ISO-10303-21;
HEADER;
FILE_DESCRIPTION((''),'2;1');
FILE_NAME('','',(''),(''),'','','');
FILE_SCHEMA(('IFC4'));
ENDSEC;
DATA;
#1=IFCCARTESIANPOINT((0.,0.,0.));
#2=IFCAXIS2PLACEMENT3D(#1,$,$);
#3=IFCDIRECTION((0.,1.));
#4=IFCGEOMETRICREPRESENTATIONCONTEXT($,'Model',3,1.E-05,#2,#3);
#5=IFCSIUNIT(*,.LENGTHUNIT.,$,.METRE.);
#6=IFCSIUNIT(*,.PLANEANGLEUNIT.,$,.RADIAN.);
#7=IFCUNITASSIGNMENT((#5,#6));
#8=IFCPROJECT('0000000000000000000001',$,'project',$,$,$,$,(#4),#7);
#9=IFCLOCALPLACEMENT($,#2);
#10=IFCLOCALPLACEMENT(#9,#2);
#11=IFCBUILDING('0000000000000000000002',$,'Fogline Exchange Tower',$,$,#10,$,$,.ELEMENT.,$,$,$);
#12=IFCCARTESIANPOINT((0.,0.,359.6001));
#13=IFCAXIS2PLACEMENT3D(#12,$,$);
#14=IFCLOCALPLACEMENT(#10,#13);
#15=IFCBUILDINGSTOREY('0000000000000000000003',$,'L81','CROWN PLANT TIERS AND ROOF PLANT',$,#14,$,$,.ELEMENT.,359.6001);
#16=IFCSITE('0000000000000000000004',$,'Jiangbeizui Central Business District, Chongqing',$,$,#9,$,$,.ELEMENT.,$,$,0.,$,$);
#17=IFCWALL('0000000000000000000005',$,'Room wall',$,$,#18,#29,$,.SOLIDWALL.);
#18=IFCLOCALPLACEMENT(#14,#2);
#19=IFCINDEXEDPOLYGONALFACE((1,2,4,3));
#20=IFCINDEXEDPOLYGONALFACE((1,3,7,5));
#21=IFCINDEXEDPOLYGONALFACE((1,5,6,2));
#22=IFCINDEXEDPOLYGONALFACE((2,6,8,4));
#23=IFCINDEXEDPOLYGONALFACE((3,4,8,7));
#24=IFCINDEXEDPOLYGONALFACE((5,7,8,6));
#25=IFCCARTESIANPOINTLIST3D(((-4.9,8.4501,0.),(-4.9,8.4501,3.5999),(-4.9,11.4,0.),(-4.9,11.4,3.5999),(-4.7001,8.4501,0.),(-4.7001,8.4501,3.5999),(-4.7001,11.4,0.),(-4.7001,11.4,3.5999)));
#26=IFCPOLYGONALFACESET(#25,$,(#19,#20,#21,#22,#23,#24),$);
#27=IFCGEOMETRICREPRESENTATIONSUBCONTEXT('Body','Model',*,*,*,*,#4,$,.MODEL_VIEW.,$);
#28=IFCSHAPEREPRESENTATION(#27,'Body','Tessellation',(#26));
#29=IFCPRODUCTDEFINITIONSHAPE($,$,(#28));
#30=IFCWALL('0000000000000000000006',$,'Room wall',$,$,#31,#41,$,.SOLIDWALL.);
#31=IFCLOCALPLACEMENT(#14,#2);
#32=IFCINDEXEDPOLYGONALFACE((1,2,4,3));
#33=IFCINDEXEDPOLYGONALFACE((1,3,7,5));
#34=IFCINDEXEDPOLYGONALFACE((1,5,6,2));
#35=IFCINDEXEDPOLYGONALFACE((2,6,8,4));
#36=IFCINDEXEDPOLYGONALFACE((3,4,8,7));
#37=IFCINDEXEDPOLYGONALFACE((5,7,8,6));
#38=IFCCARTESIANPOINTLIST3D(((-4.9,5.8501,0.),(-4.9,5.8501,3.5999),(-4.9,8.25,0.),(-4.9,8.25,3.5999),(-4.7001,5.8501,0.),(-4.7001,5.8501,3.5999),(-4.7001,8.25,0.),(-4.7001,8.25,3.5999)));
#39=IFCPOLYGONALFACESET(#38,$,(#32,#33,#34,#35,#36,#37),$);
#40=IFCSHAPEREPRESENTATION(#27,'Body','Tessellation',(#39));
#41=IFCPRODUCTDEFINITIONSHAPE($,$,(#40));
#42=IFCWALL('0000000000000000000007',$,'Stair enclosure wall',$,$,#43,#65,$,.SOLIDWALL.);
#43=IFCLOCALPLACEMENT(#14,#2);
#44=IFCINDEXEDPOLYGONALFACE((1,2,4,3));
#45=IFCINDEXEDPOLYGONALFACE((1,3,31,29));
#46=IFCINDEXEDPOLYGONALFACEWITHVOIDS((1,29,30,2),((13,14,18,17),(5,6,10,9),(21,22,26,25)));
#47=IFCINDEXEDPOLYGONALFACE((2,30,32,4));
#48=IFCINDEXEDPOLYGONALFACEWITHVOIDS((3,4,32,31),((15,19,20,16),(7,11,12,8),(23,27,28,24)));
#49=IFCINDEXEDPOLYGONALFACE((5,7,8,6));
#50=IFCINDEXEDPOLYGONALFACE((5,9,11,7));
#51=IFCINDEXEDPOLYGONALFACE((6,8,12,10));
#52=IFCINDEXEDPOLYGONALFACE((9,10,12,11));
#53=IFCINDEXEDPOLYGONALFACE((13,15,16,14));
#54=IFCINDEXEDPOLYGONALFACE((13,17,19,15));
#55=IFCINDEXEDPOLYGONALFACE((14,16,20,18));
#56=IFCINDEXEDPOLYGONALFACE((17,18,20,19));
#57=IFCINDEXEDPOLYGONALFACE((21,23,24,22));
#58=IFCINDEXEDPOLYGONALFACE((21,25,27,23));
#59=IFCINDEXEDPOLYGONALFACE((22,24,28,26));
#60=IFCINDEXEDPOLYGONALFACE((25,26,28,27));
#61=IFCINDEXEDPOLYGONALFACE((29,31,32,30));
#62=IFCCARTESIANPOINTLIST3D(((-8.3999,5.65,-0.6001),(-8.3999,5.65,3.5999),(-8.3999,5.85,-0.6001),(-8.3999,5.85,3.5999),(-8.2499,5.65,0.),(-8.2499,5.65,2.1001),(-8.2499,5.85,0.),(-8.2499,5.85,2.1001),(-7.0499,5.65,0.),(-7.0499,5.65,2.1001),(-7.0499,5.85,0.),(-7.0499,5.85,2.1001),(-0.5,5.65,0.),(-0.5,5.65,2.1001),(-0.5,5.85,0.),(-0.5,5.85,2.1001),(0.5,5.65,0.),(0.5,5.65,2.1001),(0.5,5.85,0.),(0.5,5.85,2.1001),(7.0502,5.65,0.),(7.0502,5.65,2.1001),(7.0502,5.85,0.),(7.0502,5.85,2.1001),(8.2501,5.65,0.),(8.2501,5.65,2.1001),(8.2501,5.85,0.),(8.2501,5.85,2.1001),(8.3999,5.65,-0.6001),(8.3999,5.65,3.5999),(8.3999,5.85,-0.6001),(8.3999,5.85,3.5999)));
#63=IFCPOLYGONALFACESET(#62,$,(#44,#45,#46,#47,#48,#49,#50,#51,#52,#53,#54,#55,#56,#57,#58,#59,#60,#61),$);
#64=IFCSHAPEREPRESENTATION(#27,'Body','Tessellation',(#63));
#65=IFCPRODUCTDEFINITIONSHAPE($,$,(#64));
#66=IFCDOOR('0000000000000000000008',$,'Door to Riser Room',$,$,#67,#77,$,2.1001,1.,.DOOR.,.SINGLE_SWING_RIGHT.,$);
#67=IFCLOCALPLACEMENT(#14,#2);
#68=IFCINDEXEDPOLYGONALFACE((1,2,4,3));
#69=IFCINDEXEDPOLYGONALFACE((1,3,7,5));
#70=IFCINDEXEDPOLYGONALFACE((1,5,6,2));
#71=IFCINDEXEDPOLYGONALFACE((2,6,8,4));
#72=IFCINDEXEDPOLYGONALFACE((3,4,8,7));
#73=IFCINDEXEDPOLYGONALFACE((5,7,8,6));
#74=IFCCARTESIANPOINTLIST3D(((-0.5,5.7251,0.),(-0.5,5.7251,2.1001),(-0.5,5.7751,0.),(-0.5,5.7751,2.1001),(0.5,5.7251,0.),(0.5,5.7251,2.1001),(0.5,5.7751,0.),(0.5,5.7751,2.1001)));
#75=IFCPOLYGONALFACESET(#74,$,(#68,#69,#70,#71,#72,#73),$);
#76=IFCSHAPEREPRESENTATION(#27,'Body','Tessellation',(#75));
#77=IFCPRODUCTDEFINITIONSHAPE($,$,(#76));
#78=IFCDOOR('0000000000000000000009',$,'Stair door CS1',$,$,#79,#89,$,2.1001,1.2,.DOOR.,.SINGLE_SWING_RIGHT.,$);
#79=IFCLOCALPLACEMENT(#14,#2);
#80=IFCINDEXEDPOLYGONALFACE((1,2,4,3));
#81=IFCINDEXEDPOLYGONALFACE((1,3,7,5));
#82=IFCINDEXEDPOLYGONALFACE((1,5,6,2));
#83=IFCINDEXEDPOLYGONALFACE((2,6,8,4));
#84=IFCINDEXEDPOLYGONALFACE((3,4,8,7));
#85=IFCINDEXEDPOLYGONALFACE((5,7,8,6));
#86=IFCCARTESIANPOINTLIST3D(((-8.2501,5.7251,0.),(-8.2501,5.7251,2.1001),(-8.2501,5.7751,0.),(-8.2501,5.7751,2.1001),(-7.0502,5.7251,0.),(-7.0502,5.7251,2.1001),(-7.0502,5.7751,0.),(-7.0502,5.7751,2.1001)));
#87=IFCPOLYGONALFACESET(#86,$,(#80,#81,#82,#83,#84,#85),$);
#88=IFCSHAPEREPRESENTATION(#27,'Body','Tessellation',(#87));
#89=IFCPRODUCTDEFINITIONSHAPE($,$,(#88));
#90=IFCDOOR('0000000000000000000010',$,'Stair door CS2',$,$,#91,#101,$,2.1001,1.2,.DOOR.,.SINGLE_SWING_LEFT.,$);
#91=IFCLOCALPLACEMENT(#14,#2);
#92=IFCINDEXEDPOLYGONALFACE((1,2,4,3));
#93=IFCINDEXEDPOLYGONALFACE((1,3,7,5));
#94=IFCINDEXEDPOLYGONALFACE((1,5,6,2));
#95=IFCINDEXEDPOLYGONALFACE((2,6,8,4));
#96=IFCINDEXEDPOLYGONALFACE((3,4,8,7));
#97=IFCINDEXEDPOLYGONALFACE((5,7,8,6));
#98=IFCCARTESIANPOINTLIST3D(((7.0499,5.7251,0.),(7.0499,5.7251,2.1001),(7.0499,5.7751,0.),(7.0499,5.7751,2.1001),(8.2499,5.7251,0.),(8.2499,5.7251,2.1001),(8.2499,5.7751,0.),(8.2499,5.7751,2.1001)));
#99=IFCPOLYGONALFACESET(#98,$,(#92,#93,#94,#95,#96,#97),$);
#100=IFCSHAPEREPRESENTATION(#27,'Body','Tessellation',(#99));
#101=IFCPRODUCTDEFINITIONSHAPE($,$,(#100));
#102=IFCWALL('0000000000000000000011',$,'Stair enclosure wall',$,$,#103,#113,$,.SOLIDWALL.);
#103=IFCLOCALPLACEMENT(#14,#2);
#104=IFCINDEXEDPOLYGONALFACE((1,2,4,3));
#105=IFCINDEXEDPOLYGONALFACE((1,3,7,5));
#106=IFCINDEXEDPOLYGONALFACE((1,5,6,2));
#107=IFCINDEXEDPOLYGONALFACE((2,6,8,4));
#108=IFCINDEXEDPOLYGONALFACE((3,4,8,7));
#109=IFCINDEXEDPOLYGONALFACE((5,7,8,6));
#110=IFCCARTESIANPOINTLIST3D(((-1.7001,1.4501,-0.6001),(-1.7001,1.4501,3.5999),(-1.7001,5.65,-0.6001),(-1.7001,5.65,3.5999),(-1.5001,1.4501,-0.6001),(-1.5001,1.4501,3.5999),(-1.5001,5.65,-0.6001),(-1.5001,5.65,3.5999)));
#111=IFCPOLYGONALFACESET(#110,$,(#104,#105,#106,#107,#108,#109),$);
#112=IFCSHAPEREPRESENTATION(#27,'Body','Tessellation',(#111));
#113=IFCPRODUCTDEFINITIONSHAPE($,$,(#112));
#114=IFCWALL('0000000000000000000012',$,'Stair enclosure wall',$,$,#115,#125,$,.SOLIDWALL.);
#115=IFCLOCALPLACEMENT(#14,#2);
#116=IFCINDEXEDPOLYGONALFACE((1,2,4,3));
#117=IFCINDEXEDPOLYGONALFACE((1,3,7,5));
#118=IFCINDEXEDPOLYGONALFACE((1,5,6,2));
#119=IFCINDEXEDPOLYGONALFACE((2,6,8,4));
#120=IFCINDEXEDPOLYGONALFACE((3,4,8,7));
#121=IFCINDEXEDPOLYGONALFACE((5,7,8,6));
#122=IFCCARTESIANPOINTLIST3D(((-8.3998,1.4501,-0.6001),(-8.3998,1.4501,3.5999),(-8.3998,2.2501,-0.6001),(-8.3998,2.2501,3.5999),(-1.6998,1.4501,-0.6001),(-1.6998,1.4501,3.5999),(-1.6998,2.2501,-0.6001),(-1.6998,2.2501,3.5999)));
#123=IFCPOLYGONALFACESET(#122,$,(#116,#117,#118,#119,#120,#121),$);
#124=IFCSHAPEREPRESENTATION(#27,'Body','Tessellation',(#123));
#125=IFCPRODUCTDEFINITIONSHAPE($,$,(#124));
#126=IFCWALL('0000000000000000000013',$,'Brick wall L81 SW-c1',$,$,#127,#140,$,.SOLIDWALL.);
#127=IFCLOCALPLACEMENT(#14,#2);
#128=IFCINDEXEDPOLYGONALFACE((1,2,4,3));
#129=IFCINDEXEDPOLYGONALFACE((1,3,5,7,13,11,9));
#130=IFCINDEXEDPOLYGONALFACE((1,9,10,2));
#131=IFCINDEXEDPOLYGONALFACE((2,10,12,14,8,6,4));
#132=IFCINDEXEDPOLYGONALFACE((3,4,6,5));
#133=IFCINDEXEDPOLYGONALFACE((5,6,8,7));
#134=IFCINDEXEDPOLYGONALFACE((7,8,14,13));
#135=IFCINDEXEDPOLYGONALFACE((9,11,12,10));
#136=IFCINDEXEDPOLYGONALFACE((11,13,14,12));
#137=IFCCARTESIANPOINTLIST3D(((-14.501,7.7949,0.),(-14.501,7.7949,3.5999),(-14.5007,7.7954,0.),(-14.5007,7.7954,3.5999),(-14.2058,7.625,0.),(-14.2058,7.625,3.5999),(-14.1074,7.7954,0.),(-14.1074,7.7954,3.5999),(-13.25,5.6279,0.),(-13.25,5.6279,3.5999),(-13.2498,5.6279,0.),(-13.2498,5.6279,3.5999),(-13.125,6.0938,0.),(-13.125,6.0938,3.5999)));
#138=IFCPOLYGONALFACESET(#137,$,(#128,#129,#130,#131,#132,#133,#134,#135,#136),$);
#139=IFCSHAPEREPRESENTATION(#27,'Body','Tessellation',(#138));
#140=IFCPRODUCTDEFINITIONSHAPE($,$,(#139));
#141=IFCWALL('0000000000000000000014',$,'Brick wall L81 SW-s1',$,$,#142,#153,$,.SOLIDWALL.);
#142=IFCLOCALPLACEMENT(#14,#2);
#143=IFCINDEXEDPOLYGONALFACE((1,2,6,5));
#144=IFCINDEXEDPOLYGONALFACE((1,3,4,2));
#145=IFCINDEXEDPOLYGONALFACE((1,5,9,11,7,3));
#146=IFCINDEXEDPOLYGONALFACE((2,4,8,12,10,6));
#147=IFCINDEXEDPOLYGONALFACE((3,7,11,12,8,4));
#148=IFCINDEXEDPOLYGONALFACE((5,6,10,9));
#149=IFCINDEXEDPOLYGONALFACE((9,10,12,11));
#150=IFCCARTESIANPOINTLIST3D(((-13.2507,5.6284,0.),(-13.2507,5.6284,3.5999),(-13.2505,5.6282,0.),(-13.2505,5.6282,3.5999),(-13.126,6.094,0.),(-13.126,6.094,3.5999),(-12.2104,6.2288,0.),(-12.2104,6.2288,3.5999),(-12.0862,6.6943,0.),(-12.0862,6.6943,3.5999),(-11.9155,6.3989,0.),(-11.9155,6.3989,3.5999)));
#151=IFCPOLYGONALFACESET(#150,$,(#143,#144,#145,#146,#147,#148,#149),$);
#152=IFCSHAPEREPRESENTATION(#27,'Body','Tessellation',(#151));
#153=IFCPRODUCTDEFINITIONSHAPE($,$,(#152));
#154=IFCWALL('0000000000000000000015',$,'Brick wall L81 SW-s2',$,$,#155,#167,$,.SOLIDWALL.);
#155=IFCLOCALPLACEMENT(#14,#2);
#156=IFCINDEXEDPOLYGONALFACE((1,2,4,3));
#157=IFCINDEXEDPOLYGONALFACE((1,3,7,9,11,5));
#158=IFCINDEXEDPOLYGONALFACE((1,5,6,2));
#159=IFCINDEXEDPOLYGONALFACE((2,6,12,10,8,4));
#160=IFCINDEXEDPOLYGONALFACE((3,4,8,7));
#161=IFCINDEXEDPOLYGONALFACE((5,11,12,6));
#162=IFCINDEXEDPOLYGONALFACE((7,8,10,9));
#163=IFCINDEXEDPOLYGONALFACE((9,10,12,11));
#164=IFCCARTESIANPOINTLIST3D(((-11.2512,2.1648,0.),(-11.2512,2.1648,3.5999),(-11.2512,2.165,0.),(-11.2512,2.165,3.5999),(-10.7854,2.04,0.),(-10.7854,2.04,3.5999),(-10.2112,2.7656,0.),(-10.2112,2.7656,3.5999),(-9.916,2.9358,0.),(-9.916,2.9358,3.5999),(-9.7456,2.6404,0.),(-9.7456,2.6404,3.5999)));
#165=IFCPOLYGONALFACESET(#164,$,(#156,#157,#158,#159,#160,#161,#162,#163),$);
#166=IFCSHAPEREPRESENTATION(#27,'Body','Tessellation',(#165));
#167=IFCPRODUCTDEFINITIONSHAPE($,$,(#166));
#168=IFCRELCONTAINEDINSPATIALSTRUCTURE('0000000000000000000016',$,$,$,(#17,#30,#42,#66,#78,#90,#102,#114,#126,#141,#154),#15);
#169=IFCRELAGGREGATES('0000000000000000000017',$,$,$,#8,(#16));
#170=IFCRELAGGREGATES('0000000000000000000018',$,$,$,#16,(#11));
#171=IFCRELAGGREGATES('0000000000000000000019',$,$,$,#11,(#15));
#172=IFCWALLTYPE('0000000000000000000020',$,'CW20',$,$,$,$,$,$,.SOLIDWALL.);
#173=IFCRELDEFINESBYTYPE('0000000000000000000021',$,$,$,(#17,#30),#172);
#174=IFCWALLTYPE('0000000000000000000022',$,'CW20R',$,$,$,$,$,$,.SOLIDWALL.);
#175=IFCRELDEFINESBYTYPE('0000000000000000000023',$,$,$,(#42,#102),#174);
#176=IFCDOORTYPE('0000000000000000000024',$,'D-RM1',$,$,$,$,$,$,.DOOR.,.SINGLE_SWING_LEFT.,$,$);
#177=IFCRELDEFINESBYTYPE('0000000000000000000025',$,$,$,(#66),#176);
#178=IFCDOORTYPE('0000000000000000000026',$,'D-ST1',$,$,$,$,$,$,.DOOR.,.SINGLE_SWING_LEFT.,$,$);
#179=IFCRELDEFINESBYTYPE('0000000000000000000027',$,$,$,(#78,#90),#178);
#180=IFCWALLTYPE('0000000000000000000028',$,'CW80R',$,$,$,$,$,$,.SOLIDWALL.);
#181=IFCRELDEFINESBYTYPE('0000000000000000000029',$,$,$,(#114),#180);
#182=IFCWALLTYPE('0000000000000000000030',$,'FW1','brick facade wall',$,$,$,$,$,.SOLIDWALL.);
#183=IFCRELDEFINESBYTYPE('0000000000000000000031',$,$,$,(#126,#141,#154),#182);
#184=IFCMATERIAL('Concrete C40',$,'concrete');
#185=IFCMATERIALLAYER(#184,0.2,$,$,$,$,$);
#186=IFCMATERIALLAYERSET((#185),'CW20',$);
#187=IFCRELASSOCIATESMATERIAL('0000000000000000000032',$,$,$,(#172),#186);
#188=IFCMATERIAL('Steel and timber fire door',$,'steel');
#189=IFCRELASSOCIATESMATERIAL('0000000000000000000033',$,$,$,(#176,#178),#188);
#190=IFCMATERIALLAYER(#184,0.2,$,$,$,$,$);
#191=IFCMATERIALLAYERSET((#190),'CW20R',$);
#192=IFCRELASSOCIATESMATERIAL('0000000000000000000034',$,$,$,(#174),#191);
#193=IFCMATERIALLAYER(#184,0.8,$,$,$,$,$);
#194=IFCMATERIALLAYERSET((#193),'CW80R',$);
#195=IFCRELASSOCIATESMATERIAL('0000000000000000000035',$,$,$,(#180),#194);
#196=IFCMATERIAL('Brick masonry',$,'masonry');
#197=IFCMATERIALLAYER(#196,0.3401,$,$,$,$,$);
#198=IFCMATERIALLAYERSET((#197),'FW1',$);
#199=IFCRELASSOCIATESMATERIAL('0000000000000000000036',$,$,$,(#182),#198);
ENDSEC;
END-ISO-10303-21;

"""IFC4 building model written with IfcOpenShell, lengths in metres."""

from ifc_helpers import new_model, si_unit, direction, frame, frame_2d, origin, place, context, subcontext, project, spatial, polyline, rectangle, outline, extrude, material, layer, layer_set, type_object, element, fill, save


model = new_model("IFC4")

# Units and contexts
model_context = context("Model", 3, precision=1e-05, world=origin(), true_north=direction((0.0, 1.0)))
body_context = subcontext(model_context, "Body", "Model", "MODEL_VIEW")
ifc_project = project(units=[si_unit("LENGTHUNIT", "METRE"), si_unit("PLANEANGLEUNIT", "RADIAN")], contexts=[model_context])

# Site, building, storey
site_placement = place(None, origin())
site = spatial("IfcSite", under=ifc_project, at=site_placement, Name="Jiangbeizui Central Business District, Chongqing", CompositionType="ELEMENT", RefElevation=0.0)
building_placement = place(site_placement, origin())
building = spatial("IfcBuilding", under=site, at=building_placement, Name="Fogline Exchange Tower", CompositionType="ELEMENT")
storey_placement = place(building_placement, frame((0.0, 0.0, 359.6001)))
storey = spatial("IfcBuildingStorey", under=building, at=storey_placement, Name="L81", Description="CROWN PLANT TIERS AND ROOF PLANT", CompositionType="ELEMENT", Elevation=359.6001)

# Shared definitions
ifc_material_1 = material(Name="Concrete C40", Category="concrete")

# Shared definitions
ifc_layer_1 = layer(ifc_material_1, 0.2)
ifc_layer_set_1 = layer_set([ifc_layer_1], Name="CW20")
wall_type_1 = type_object("IfcWallType", Name="CW20", PredefinedType="SOLIDWALL", material=ifc_layer_set_1)
ifc_material_2 = material(Name="Steel and timber fire door", Category="steel")
door_type_1 = type_object("IfcDoorType", Name="D-RM1", OperationType="SINGLE_SWING_LEFT", PredefinedType="DOOR", material=ifc_material_2)

# Walls
wall_1_placement = place(storey_placement, frame((-4.8, 8.45, 0.0), z_axis=(0.0, 0.0, 1.0), x_axis=(0.0, 1.0, 0.0)))
element("IfcWall", 1, at=wall_1_placement, inside=storey, type_object=wall_type_1, Name="Room wall", PredefinedType="SOLIDWALL", context=body_context, shape_type="SweptSolid", body=[
    extrude(rectangle(XDim=2.95, YDim=0.2, at=frame_2d((1.4751, 0.0))), origin(), (0.0, 0.0, 1.0), 3.5999),
])
wall_2_placement = place(storey_placement, frame((-4.8, 5.8501, 0.0), z_axis=(0.0, 0.0, 1.0), x_axis=(0.0, 1.0, 0.0)))
element("IfcWall", 2, at=wall_2_placement, inside=storey, type_object=wall_type_1, Name="Room wall", PredefinedType="SOLIDWALL", context=body_context, shape_type="SweptSolid", body=[
    extrude(rectangle(XDim=2.3999, YDim=0.2, at=frame_2d((1.2, 0.0))), origin(), (0.0, 0.0, 1.0), 3.5999),
])

# Wall, openings, doors
ifc_layer_2 = layer(ifc_material_1, 0.2)
ifc_layer_set_2 = layer_set([ifc_layer_2], Name="CW20R")
wall_type_2 = type_object("IfcWallType", Name="CW20R", PredefinedType="SOLIDWALL", material=ifc_layer_set_2)
wall_3_placement = place(storey_placement, frame((-8.3999, 5.75, -0.6001), z_axis=(0.0, 0.0, 1.0), x_axis=(1.0, 0.0, 0.0)))
wall_3 = element("IfcWall", 3, at=wall_3_placement, inside=storey, type_object=wall_type_2, Name="Stair enclosure wall", PredefinedType="SOLIDWALL", context=body_context, shape_type="SweptSolid", body=[
    extrude(rectangle(XDim=16.7998, YDim=0.2, at=frame_2d((8.3999, 0.0))), origin(), (0.0, 0.0, 1.0), 4.2),
])
opening_1_placement = place(wall_3_placement, frame((7.8999, 0.0, 0.6001)))
opening_1 = element("IfcOpeningElement", 4, at=opening_1_placement, cuts=wall_3, PredefinedType="OPENING", context=body_context, shape_type="SweptSolid", body=[
    extrude(rectangle(XDim=1.0, YDim=2.1001, at=frame_2d((0.5, 1.05))), frame((0.0, 0.1099, 0.0), z_axis=(0.0, -1.0, 0.0), x_axis=(1.0, 0.0, 0.0)), (0.0, 0.0, 1.0), 0.22),
])
opening_2_placement = place(wall_3_placement, frame((0.1499, 0.0, 0.6001)))
opening_2 = element("IfcOpeningElement", 5, at=opening_2_placement, cuts=wall_3, PredefinedType="OPENING", context=body_context, shape_type="SweptSolid", body=[
    extrude(rectangle(XDim=1.2, YDim=2.1001, at=frame_2d((0.6001, 1.05))), frame((0.0, 0.1099, 0.0), z_axis=(0.0, -1.0, 0.0), x_axis=(1.0, 0.0, 0.0)), (0.0, 0.0, 1.0), 0.22),
])
opening_3_placement = place(wall_3_placement, frame((15.45, 0.0, 0.6001)))
opening_3 = element("IfcOpeningElement", 6, at=opening_3_placement, cuts=wall_3, PredefinedType="OPENING", context=body_context, shape_type="SweptSolid", body=[
    extrude(rectangle(XDim=1.2, YDim=2.1001, at=frame_2d((0.6001, 1.05))), frame((0.0, 0.1099, 0.0), z_axis=(0.0, -1.0, 0.0), x_axis=(1.0, 0.0, 0.0)), (0.0, 0.0, 1.0), 0.22),
])
door_1_placement = place(opening_1_placement, frame((1.0, 0.0, 0.0), z_axis=(0.0, 0.0, 1.0), x_axis=(-1.0, 0.0, 0.0)))
door_1 = element("IfcDoor", 7, at=door_1_placement, inside=storey, type_object=door_type_1, Name="Door to Riser Room", OperationType="SINGLE_SWING_RIGHT", OverallHeight=2.1001, OverallWidth=1.0, PredefinedType="DOOR", context=body_context, shape_type="SweptSolid", body=[
    extrude(rectangle(XDim=1.0, YDim=2.1001, at=frame_2d((0.5, 1.05))), frame((0.0, 0.0249, 0.0), z_axis=(0.0, -1.0, 0.0), x_axis=(1.0, 0.0, 0.0)), (0.0, 0.0, 1.0), 0.05),
])
fill(opening_1, door_1)
door_type_2 = type_object("IfcDoorType", Name="D-ST1", OperationType="SINGLE_SWING_LEFT", PredefinedType="DOOR", material=ifc_material_2)
door_2_placement = place(opening_2_placement, frame((1.2, 0.0, 0.0), z_axis=(0.0, 0.0, 1.0), x_axis=(-1.0, 0.0, 0.0)))
door_2 = element("IfcDoor", 8, at=door_2_placement, inside=storey, type_object=door_type_2, Name="Stair door CS1", OperationType="SINGLE_SWING_RIGHT", OverallHeight=2.1001, OverallWidth=1.2, PredefinedType="DOOR", context=body_context, shape_type="SweptSolid", body=[
    extrude(rectangle(XDim=1.2, YDim=2.1001, at=frame_2d((0.6001, 1.05))), frame((0.0, 0.0249, 0.0), z_axis=(0.0, -1.0, 0.0), x_axis=(1.0, 0.0, 0.0)), (0.0, 0.0, 1.0), 0.05),
])
fill(opening_2, door_2)
door_3_placement = place(opening_3_placement, frame((1.2, 0.0, 0.0), z_axis=(0.0, 0.0, 1.0), x_axis=(-1.0, 0.0, 0.0)))
door_3 = element("IfcDoor", 9, at=door_3_placement, inside=storey, type_object=door_type_2, Name="Stair door CS2", OperationType="SINGLE_SWING_LEFT", OverallHeight=2.1001, OverallWidth=1.2, PredefinedType="DOOR", context=body_context, shape_type="SweptSolid", body=[
    extrude(rectangle(XDim=1.2, YDim=2.1001, at=frame_2d((0.6001, 1.05))), frame((0.0, 0.0249, 0.0), z_axis=(0.0, -1.0, 0.0), x_axis=(1.0, 0.0, 0.0)), (0.0, 0.0, 1.0), 0.05),
])
fill(opening_3, door_3)

# Walls
wall_4_placement = place(storey_placement, frame((-1.6001, 1.45, -0.6001), z_axis=(0.0, 0.0, 1.0), x_axis=(0.0, 1.0, 0.0)))
element("IfcWall", 10, at=wall_4_placement, inside=storey, type_object=wall_type_2, Name="Stair enclosure wall", PredefinedType="SOLIDWALL", context=body_context, shape_type="SweptSolid", body=[
    extrude(rectangle(XDim=4.2, YDim=0.2, at=frame_2d((2.1001, 0.0))), origin(), (0.0, 0.0, 1.0), 4.2),
])
ifc_layer_3 = layer(ifc_material_1, 0.8)
ifc_layer_set_3 = layer_set([ifc_layer_3], Name="CW80R")
wall_type_3 = type_object("IfcWallType", Name="CW80R", PredefinedType="SOLIDWALL", material=ifc_layer_set_3)
wall_5_placement = place(storey_placement, frame((-8.3999, 1.8501, -0.6001), z_axis=(0.0, 0.0, 1.0), x_axis=(1.0, 0.0, 0.0)))
element("IfcWall", 11, at=wall_5_placement, inside=storey, type_object=wall_type_3, Name="Stair enclosure wall", PredefinedType="SOLIDWALL", context=body_context, shape_type="SweptSolid", body=[
    extrude(rectangle(XDim=6.7, YDim=0.8, at=frame_2d((3.3501, 0.0))), origin(), (0.0, 0.0, 1.0), 4.2),
])
ifc_material_3 = material(Name="Brick masonry", Category="masonry")
ifc_layer_4 = layer(ifc_material_3, 0.3401)
ifc_layer_set_4 = layer_set([ifc_layer_4], Name="FW1")
wall_type_4 = type_object("IfcWallType", Name="FW1", Description="brick facade wall", PredefinedType="SOLIDWALL", material=ifc_layer_set_4)
wall_6_placement = place(storey_placement, origin())
element("IfcWall", 12, at=wall_6_placement, inside=storey, type_object=wall_type_4, Name="Brick wall L81 SW-c1", PredefinedType="SOLIDWALL", context=body_context, shape_type="SweptSolid", body=[
    extrude(outline(polyline([(-13.25, 5.6279), (-14.501, 7.7949), (-14.5007, 7.7954), (-14.2058, 7.625), (-14.1074, 7.7954), (-13.125, 6.0938), (-13.2498, 5.6279), (-13.25, 5.6279)])), origin(), (0.0, 0.0, 1.0), 3.5999),
])
wall_7_placement = place(storey_placement, origin())
element("IfcWall", 13, at=wall_7_placement, inside=storey, type_object=wall_type_4, Name="Brick wall L81 SW-s1", PredefinedType="SOLIDWALL", context=body_context, shape_type="SweptSolid", body=[
    extrude(outline(polyline([(-12.0862, 6.6943), (-11.9155, 6.3989), (-12.2104, 6.2288), (-13.2505, 5.6282), (-13.2507, 5.6284), (-13.126, 6.094), (-12.0862, 6.6943)])), origin(), (0.0, 0.0, 1.0), 3.5999),
])
wall_8_placement = place(storey_placement, origin())
element("IfcWall", 14, at=wall_8_placement, inside=storey, type_object=wall_type_4, Name="Brick wall L81 SW-s2", PredefinedType="SOLIDWALL", context=body_context, shape_type="SweptSolid", body=[
    extrude(outline(polyline([(-11.2512, 2.165), (-10.2112, 2.7656), (-9.916, 2.9358), (-9.7456, 2.6404), (-10.7854, 2.04), (-11.2512, 2.1648), (-11.2512, 2.165)])), origin(), (0.0, 0.0, 1.0), 3.5999),
])

save(model, "model.ifc")
